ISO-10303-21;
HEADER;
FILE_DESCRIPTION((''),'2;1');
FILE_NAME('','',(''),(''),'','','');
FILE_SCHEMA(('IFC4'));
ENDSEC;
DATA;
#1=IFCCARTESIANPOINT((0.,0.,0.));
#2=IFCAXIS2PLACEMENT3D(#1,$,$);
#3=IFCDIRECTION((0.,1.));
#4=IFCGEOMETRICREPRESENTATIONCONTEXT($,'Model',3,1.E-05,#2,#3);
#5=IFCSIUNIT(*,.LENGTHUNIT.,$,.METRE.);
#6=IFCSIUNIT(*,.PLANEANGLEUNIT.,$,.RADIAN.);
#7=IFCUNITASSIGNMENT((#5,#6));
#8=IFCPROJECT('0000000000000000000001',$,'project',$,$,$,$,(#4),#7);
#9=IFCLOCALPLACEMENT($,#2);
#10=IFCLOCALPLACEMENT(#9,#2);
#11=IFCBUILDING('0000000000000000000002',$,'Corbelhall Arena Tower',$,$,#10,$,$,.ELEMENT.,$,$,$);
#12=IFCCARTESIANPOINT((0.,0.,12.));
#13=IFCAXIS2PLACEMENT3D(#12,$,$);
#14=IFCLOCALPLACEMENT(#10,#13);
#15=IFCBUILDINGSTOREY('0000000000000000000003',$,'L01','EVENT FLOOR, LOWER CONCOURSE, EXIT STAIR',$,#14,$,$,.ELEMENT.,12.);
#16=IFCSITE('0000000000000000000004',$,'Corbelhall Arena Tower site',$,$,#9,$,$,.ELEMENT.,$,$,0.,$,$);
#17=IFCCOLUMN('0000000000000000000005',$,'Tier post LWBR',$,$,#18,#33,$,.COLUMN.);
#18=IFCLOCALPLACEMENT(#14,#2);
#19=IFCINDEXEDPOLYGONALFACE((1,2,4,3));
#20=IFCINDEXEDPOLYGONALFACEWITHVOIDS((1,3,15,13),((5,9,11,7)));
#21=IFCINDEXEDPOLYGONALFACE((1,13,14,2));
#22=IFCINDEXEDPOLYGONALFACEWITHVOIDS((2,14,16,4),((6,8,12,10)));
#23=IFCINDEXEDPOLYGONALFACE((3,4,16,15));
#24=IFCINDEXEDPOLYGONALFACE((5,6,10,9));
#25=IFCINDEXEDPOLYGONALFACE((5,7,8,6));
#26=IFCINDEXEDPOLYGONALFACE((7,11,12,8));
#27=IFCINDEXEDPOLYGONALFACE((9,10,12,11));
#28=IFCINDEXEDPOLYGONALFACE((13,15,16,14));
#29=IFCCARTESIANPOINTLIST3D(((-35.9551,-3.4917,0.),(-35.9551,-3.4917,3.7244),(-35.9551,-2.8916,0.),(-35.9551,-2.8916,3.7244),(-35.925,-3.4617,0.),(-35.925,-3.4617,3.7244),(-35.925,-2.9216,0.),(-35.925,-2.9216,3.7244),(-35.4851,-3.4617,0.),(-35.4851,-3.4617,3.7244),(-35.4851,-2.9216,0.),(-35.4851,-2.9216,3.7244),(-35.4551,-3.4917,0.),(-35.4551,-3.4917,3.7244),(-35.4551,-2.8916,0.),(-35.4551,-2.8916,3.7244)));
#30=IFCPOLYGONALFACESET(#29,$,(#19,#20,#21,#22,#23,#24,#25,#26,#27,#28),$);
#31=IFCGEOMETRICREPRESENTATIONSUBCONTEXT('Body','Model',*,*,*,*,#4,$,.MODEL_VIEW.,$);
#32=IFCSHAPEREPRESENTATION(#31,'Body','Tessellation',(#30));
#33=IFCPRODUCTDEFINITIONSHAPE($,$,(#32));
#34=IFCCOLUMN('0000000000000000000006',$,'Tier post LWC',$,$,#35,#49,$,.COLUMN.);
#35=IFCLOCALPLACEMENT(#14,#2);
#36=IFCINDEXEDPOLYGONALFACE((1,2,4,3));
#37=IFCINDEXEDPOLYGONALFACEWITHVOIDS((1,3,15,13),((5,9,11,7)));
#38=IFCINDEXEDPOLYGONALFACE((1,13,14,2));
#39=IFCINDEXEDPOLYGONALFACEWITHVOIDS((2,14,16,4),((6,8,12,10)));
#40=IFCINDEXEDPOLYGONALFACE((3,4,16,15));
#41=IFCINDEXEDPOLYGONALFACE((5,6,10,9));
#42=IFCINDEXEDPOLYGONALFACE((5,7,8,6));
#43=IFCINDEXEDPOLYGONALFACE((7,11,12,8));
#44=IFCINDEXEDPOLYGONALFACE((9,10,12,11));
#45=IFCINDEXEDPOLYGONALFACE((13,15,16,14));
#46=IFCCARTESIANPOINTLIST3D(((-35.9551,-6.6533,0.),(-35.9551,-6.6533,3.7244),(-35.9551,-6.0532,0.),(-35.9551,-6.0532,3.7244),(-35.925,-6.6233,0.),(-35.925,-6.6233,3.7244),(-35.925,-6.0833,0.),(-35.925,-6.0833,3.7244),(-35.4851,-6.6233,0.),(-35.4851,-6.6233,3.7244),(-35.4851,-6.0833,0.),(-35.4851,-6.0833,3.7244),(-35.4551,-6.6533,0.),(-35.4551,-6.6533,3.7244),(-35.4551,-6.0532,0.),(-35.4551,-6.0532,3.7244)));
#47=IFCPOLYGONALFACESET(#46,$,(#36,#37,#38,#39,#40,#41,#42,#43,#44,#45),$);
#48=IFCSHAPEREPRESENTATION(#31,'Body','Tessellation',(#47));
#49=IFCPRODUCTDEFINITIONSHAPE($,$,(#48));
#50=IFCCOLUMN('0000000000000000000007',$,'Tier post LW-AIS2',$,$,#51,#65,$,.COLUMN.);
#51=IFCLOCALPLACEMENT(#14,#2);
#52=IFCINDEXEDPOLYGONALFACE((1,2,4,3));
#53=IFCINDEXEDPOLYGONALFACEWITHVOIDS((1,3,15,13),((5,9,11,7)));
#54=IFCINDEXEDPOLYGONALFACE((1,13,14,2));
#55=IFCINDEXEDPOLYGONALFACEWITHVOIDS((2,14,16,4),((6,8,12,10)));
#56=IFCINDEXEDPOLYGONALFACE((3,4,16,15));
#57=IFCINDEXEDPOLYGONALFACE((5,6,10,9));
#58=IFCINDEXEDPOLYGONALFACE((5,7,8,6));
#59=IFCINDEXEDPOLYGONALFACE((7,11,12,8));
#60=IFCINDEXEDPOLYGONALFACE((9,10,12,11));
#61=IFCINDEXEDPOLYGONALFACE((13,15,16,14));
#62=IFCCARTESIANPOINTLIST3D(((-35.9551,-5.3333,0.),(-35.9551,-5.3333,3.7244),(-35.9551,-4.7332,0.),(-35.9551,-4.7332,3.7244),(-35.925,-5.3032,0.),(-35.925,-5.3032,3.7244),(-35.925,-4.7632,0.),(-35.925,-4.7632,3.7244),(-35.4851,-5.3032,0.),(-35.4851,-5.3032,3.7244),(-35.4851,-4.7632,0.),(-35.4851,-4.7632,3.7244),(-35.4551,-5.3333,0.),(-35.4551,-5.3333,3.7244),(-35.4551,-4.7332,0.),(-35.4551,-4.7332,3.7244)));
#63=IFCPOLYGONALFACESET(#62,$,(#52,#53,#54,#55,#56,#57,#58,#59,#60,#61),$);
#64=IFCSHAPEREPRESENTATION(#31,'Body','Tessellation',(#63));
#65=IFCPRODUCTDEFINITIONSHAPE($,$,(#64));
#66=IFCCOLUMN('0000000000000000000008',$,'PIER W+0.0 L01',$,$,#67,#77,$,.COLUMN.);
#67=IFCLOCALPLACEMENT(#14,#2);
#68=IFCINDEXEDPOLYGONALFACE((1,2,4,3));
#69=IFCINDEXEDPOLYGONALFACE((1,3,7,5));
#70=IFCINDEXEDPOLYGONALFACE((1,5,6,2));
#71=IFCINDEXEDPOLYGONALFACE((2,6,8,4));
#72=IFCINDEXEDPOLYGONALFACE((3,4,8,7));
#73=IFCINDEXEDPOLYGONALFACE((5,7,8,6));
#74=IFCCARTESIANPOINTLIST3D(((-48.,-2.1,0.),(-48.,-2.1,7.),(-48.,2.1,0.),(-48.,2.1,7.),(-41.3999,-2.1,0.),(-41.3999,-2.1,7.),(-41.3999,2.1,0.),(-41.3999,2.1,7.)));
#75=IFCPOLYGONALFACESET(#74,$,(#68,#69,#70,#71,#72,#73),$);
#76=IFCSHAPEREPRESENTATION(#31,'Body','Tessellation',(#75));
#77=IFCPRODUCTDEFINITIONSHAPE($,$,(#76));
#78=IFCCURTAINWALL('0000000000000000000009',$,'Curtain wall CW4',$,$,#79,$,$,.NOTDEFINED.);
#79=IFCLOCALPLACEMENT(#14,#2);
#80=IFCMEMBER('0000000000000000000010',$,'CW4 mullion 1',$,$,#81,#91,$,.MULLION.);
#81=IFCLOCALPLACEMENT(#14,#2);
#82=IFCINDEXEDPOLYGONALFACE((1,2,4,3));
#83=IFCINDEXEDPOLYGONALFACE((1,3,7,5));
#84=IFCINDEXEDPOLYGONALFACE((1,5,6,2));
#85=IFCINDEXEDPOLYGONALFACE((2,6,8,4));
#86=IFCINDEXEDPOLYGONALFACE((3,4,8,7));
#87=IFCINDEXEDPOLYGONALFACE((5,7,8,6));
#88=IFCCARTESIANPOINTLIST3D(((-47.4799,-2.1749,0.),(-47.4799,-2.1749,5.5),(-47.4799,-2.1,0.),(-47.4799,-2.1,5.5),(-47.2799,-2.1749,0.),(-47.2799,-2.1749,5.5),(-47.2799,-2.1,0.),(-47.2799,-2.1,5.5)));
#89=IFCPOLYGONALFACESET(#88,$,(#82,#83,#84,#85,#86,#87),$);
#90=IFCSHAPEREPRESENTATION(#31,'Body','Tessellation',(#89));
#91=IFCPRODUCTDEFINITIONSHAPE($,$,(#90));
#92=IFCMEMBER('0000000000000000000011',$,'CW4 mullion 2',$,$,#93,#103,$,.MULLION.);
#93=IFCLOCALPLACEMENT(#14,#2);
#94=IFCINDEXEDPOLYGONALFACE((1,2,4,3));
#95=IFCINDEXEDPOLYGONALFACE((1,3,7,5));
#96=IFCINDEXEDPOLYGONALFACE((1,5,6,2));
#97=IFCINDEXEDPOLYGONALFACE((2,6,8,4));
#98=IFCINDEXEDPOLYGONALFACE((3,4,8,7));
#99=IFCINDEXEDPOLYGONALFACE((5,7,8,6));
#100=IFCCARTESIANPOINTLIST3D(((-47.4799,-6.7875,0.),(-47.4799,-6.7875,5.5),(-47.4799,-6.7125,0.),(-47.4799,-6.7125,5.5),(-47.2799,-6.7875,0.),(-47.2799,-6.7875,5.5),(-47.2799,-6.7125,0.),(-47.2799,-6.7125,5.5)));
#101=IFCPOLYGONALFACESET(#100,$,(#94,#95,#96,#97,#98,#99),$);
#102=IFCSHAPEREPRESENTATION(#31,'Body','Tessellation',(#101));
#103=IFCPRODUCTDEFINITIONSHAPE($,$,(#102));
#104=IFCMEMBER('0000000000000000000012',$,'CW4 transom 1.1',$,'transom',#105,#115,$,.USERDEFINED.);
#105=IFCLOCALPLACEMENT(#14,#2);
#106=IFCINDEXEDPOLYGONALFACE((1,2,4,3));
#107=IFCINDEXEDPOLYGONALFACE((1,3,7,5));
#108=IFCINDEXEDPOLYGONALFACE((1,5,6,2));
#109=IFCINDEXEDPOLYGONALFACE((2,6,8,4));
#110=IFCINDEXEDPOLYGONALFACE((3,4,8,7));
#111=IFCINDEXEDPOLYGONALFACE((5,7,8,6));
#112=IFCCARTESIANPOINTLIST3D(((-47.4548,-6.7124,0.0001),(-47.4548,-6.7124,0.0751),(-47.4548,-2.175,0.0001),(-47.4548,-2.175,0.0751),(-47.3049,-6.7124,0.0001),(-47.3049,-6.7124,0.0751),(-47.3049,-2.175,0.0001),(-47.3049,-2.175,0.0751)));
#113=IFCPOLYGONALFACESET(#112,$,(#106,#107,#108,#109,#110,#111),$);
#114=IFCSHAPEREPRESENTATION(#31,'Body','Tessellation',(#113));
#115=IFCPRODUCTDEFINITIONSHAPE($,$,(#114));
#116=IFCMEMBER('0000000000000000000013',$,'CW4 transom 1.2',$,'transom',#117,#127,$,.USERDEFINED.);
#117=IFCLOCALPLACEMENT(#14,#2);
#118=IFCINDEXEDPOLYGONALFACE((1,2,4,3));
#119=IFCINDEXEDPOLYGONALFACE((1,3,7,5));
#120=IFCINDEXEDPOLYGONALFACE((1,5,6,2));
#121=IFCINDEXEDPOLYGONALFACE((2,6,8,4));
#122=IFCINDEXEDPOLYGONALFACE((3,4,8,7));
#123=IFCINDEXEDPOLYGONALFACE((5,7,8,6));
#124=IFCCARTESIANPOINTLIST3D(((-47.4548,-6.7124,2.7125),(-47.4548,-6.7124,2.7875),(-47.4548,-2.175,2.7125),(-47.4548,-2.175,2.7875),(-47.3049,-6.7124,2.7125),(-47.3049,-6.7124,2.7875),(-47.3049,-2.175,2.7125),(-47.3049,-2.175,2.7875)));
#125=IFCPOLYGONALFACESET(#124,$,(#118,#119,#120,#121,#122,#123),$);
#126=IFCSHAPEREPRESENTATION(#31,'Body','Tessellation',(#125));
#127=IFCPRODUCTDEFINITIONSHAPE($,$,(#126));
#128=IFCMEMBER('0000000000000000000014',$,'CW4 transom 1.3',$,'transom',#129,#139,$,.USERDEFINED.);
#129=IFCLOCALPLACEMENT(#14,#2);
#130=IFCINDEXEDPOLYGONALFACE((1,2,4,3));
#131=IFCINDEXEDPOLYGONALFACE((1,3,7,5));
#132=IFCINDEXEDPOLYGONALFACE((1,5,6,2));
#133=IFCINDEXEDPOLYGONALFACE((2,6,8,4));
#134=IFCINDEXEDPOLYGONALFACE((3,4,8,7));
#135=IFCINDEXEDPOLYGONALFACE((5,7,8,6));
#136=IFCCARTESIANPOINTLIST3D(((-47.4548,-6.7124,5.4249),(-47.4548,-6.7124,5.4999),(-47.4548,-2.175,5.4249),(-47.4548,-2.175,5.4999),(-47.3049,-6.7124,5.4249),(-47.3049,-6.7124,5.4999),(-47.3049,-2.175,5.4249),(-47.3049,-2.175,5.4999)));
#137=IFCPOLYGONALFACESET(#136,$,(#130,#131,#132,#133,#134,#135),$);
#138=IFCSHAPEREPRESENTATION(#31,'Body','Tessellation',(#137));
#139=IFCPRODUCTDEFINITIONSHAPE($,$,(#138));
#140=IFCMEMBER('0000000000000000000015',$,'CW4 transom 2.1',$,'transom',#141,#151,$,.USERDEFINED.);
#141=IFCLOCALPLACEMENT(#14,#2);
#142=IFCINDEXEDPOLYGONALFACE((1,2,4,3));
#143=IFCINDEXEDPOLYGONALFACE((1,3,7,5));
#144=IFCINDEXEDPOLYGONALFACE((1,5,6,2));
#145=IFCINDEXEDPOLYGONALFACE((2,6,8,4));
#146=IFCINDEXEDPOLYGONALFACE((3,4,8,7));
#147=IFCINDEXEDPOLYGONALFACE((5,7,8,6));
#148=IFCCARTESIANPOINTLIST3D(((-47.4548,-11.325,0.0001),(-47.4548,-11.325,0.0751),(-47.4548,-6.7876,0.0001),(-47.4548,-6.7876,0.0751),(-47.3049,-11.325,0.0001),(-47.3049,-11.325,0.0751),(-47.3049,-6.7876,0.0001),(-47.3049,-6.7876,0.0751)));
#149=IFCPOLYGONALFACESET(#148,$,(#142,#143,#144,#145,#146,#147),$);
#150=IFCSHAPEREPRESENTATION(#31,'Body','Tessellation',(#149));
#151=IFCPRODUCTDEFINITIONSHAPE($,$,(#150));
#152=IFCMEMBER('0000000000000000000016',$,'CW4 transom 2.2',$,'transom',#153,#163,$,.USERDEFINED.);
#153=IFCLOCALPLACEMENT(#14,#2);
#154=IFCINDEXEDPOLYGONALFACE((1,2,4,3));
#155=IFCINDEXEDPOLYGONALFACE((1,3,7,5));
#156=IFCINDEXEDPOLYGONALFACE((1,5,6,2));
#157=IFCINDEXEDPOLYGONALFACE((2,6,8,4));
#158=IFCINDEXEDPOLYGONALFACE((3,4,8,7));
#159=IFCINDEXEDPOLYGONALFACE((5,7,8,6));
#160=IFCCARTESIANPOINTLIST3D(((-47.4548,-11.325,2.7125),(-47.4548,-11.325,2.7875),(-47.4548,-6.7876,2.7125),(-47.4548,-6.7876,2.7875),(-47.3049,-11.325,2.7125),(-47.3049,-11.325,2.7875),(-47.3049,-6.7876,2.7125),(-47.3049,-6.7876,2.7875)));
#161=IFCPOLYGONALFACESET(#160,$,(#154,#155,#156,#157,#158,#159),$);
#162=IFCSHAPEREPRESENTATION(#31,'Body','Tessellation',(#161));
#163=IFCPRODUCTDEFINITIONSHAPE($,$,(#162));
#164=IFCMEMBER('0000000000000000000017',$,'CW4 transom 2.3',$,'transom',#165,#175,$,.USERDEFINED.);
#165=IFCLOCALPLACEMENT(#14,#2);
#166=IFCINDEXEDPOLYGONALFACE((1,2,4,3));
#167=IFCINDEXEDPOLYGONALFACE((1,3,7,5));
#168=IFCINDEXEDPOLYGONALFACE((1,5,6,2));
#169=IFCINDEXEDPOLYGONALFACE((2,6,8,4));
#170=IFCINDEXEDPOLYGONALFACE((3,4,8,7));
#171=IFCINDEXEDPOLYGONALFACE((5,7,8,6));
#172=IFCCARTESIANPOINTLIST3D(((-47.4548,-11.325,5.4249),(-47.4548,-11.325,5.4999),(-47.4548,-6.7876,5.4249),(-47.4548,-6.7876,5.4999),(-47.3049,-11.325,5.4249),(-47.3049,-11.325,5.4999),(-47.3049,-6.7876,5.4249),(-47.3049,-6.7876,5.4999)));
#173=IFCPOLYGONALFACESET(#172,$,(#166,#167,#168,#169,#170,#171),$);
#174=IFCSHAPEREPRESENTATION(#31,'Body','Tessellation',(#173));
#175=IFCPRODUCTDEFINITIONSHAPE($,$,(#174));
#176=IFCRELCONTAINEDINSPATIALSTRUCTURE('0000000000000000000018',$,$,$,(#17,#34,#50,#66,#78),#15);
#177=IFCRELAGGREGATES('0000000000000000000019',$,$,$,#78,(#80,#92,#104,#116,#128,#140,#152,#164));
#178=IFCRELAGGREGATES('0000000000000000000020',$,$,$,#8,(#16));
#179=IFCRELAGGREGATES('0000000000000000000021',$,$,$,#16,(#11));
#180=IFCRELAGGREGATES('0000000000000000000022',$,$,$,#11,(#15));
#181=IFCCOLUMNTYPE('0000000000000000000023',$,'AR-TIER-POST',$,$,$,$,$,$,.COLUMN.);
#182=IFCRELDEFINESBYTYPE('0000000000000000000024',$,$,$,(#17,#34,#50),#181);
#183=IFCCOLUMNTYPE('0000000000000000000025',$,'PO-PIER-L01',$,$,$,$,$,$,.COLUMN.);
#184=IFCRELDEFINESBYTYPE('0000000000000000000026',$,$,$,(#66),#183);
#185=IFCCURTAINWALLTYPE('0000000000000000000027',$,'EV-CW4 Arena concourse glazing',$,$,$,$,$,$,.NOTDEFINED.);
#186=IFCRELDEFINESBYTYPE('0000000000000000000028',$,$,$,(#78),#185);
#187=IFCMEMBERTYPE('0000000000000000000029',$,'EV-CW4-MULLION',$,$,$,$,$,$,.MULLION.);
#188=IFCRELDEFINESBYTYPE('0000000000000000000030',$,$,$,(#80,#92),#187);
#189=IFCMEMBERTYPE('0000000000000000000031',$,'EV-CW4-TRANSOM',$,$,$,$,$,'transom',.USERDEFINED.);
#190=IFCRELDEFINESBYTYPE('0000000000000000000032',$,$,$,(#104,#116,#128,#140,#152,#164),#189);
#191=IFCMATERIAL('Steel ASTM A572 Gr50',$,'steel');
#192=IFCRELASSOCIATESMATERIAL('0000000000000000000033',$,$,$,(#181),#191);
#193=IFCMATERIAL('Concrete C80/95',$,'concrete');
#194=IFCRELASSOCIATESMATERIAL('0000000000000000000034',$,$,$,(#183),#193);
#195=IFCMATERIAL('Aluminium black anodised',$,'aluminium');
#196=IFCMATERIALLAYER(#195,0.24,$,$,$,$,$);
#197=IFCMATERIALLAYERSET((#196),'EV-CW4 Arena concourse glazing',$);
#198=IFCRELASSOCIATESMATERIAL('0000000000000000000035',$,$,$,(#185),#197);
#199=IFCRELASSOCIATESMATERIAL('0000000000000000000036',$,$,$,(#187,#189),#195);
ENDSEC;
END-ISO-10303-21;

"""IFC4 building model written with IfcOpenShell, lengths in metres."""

from ifc_helpers import new_model, si_unit, direction, frame, origin, origin_2d, place, context, subcontext, project, spatial, rectangle, hollow_rectangle, extrude, material, layer, layer_set, material_profile, profile_set, type_object, element, aggregate, save


model = new_model("IFC4")

# Units and contexts
model_context = context("Model", 3, precision=1e-05, world=origin(), true_north=direction((0.0, 1.0)))
body_context = subcontext(model_context, "Body", "Model", "MODEL_VIEW")
ifc_project = project(units=[si_unit("LENGTHUNIT", "METRE"), si_unit("PLANEANGLEUNIT", "RADIAN")], contexts=[model_context])

# Site, building, storey
site_placement = place(None, origin())
site = spatial("IfcSite", under=ifc_project, at=site_placement, Name="Corbelhall Arena Tower site", CompositionType="ELEMENT", RefElevation=0.0)
building_placement = place(site_placement, origin())
building = spatial("IfcBuilding", under=site, at=building_placement, Name="Corbelhall Arena Tower", CompositionType="ELEMENT")
storey_placement = place(building_placement, frame((0.0, 0.0, 12.0)))
storey = spatial("IfcBuildingStorey", under=building, at=storey_placement, Name="L01", Description="EVENT FLOOR, LOWER CONCOURSE, EXIT STAIR", CompositionType="ELEMENT", Elevation=12.0)

# Columns
ifc_material_1 = material(Name="Steel ASTM A572 Gr50", Category="steel")
ifc_material_profile_1 = material_profile(ifc_material_1, hollow_rectangle(XDim=0.5, YDim=0.6001, WallThickness=0.03, at=origin_2d()))
ifc_profile_set_1 = profile_set([ifc_material_profile_1], Name="Steel ASTM A572 Gr50")
column_type_1 = type_object("IfcColumnType", Name="AR-TIER-POST", PredefinedType="COLUMN", material=ifc_profile_set_1)
for number, where, z_axis, x_axis, name in (
    (1, (-35.7051, -3.1917, 0.0), (0.0, 0.0, 1.0), (1.0, 0.0, 0.0), "Tier post LWBR"),
    (2, (-35.7051, -6.3533, 0.0), (0.0, 0.0, 1.0), (1.0, 0.0, 0.0), "Tier post LWC"),
    (3, (-35.7051, -5.0332, 0.0), (0.0, 0.0, 1.0), (1.0, 0.0, 0.0), "Tier post LW-AIS2"),
):
    element("IfcColumn", number, at=place(storey_placement, frame(where, z_axis=z_axis, x_axis=x_axis)), inside=storey, type_object=column_type_1, Name=name, PredefinedType="COLUMN", context=body_context, shape_type="SweptSolid", body=[
        extrude(hollow_rectangle(XDim=0.5, YDim=0.6001, WallThickness=0.03, at=origin_2d()), origin(), (0.0, 0.0, 1.0), 3.7244),
    ])
ifc_material_2 = material(Name="Concrete C80/95", Category="concrete")
ifc_material_profile_2 = material_profile(ifc_material_2, rectangle(XDim=4.2, YDim=6.6001, at=origin_2d()))
ifc_profile_set_2 = profile_set([ifc_material_profile_2], Name="Concrete C80/95")
column_type_2 = type_object("IfcColumnType", Name="PO-PIER-L01", PredefinedType="COLUMN", material=ifc_profile_set_2)
column_placement = place(storey_placement, frame((-44.7, 0.0, 0.0), z_axis=(0.0, 0.0, 1.0), x_axis=(0.0, 1.0, 0.0)))
element("IfcColumn", 4, at=column_placement, inside=storey, type_object=column_type_2, Name="PIER W+0.0 L01", PredefinedType="COLUMN", context=body_context, shape_type="SweptSolid", body=[
    extrude(rectangle(XDim=4.2, YDim=6.6001, at=origin_2d()), origin(), (0.0, 0.0, 1.0), 7.0),
])

# Curtain wall, members
ifc_material_3 = material(Name="Aluminium black anodised", Category="aluminium")
ifc_layer_1 = layer(ifc_material_3, 0.24)
ifc_layer_set_1 = layer_set([ifc_layer_1], Name="EV-CW4 Arena concourse glazing")
curtain_wall_type = type_object("IfcCurtainWallType", Name="EV-CW4 Arena concourse glazing", PredefinedType="NOTDEFINED", material=ifc_layer_set_1)
curtain_wall_placement = place(storey_placement, origin())
curtain_wall = element("IfcCurtainWall", 5, at=curtain_wall_placement, inside=storey, type_object=curtain_wall_type, Name="Curtain wall CW4", PredefinedType="NOTDEFINED")
ifc_material_profile_3 = material_profile(ifc_material_3, rectangle(XDim=0.2, YDim=0.075, at=origin_2d()))
ifc_profile_set_3 = profile_set([ifc_material_profile_3], Name="Aluminium black anodised")
member_type_1 = type_object("IfcMemberType", Name="EV-CW4-MULLION", PredefinedType="MULLION", material=ifc_profile_set_3)
member_1_placement = place(storey_placement, frame((-47.3799, -2.1375, 0.0), z_axis=(0.0, 0.0, 1.0), x_axis=(1.0, 0.0, 0.0)))
member_1 = element("IfcMember", 6, at=member_1_placement, type_object=member_type_1, Name="CW4 mullion 1", PredefinedType="MULLION", context=body_context, shape_type="SweptSolid", body=[
    extrude(rectangle(XDim=0.2, YDim=0.075, at=origin_2d()), origin(), (0.0, 0.0, 1.0), 5.5),
])
member_2_placement = place(storey_placement, frame((-47.3799, -6.75, 0.0), z_axis=(0.0, 0.0, 1.0), x_axis=(1.0, 0.0, 0.0)))
member_2 = element("IfcMember", 7, at=member_2_placement, type_object=member_type_1, Name="CW4 mullion 2", PredefinedType="MULLION", context=body_context, shape_type="SweptSolid", body=[
    extrude(rectangle(XDim=0.2, YDim=0.075, at=origin_2d()), origin(), (0.0, 0.0, 1.0), 5.5),
])
ifc_material_profile_4 = material_profile(ifc_material_3, rectangle(XDim=0.1499, YDim=0.075, at=origin_2d()))
ifc_profile_set_4 = profile_set([ifc_material_profile_4], Name="Aluminium black anodised")
member_type_2 = type_object("IfcMemberType", Name="EV-CW4-TRANSOM", ElementType="transom", PredefinedType="USERDEFINED", material=ifc_profile_set_4)
member_3_placement = place(storey_placement, frame((-47.3799, -2.175, 0.0376), z_axis=(0.0, -1.0, 0.0), x_axis=(1.0, 0.0, 0.0)))
member_3 = element("IfcMember", 8, at=member_3_placement, type_object=member_type_2, Name="CW4 transom 1.1", ObjectType="transom", PredefinedType="USERDEFINED", context=body_context, shape_type="SweptSolid", body=[
    extrude(rectangle(XDim=0.1499, YDim=0.075, at=origin_2d()), origin(), (0.0, 0.0, 1.0), 4.5374),
])
member_4_placement = place(storey_placement, frame((-47.3799, -2.175, 2.75), z_axis=(0.0, -1.0, 0.0), x_axis=(1.0, 0.0, 0.0)))
member_4 = element("IfcMember", 9, at=member_4_placement, type_object=member_type_2, Name="CW4 transom 1.2", ObjectType="transom", PredefinedType="USERDEFINED", context=body_context, shape_type="SweptSolid", body=[
    extrude(rectangle(XDim=0.1499, YDim=0.075, at=origin_2d()), origin(), (0.0, 0.0, 1.0), 4.5374),
])
member_5_placement = place(storey_placement, frame((-47.3799, -2.175, 5.4624), z_axis=(0.0, -1.0, 0.0), x_axis=(1.0, 0.0, 0.0)))
member_5 = element("IfcMember", 10, at=member_5_placement, type_object=member_type_2, Name="CW4 transom 1.3", ObjectType="transom", PredefinedType="USERDEFINED", context=body_context, shape_type="SweptSolid", body=[
    extrude(rectangle(XDim=0.1499, YDim=0.075, at=origin_2d()), origin(), (0.0, 0.0, 1.0), 4.5374),
])
member_6_placement = place(storey_placement, frame((-47.3799, -6.7876, 0.0376), z_axis=(0.0, -1.0, 0.0), x_axis=(1.0, 0.0, 0.0)))
member_6 = element("IfcMember", 11, at=member_6_placement, type_object=member_type_2, Name="CW4 transom 2.1", ObjectType="transom", PredefinedType="USERDEFINED", context=body_context, shape_type="SweptSolid", body=[
    extrude(rectangle(XDim=0.1499, YDim=0.075, at=origin_2d()), origin(), (0.0, 0.0, 1.0), 4.5374),
])
member_7_placement = place(storey_placement, frame((-47.3799, -6.7876, 2.75), z_axis=(0.0, -1.0, 0.0), x_axis=(1.0, 0.0, 0.0)))
member_7 = element("IfcMember", 12, at=member_7_placement, type_object=member_type_2, Name="CW4 transom 2.2", ObjectType="transom", PredefinedType="USERDEFINED", context=body_context, shape_type="SweptSolid", body=[
    extrude(rectangle(XDim=0.1499, YDim=0.075, at=origin_2d()), origin(), (0.0, 0.0, 1.0), 4.5374),
])
member_8_placement = place(storey_placement, frame((-47.3799, -6.7876, 5.4624), z_axis=(0.0, -1.0, 0.0), x_axis=(1.0, 0.0, 0.0)))
member_8 = element("IfcMember", 13, at=member_8_placement, type_object=member_type_2, Name="CW4 transom 2.3", ObjectType="transom", PredefinedType="USERDEFINED", context=body_context, shape_type="SweptSolid", body=[
    extrude(rectangle(XDim=0.1499, YDim=0.075, at=origin_2d()), origin(), (0.0, 0.0, 1.0), 4.5374),
])

aggregate(curtain_wall, [member_1, member_2, member_3, member_4, member_5, member_6, member_7, member_8])

save(model, "model.ifc")
